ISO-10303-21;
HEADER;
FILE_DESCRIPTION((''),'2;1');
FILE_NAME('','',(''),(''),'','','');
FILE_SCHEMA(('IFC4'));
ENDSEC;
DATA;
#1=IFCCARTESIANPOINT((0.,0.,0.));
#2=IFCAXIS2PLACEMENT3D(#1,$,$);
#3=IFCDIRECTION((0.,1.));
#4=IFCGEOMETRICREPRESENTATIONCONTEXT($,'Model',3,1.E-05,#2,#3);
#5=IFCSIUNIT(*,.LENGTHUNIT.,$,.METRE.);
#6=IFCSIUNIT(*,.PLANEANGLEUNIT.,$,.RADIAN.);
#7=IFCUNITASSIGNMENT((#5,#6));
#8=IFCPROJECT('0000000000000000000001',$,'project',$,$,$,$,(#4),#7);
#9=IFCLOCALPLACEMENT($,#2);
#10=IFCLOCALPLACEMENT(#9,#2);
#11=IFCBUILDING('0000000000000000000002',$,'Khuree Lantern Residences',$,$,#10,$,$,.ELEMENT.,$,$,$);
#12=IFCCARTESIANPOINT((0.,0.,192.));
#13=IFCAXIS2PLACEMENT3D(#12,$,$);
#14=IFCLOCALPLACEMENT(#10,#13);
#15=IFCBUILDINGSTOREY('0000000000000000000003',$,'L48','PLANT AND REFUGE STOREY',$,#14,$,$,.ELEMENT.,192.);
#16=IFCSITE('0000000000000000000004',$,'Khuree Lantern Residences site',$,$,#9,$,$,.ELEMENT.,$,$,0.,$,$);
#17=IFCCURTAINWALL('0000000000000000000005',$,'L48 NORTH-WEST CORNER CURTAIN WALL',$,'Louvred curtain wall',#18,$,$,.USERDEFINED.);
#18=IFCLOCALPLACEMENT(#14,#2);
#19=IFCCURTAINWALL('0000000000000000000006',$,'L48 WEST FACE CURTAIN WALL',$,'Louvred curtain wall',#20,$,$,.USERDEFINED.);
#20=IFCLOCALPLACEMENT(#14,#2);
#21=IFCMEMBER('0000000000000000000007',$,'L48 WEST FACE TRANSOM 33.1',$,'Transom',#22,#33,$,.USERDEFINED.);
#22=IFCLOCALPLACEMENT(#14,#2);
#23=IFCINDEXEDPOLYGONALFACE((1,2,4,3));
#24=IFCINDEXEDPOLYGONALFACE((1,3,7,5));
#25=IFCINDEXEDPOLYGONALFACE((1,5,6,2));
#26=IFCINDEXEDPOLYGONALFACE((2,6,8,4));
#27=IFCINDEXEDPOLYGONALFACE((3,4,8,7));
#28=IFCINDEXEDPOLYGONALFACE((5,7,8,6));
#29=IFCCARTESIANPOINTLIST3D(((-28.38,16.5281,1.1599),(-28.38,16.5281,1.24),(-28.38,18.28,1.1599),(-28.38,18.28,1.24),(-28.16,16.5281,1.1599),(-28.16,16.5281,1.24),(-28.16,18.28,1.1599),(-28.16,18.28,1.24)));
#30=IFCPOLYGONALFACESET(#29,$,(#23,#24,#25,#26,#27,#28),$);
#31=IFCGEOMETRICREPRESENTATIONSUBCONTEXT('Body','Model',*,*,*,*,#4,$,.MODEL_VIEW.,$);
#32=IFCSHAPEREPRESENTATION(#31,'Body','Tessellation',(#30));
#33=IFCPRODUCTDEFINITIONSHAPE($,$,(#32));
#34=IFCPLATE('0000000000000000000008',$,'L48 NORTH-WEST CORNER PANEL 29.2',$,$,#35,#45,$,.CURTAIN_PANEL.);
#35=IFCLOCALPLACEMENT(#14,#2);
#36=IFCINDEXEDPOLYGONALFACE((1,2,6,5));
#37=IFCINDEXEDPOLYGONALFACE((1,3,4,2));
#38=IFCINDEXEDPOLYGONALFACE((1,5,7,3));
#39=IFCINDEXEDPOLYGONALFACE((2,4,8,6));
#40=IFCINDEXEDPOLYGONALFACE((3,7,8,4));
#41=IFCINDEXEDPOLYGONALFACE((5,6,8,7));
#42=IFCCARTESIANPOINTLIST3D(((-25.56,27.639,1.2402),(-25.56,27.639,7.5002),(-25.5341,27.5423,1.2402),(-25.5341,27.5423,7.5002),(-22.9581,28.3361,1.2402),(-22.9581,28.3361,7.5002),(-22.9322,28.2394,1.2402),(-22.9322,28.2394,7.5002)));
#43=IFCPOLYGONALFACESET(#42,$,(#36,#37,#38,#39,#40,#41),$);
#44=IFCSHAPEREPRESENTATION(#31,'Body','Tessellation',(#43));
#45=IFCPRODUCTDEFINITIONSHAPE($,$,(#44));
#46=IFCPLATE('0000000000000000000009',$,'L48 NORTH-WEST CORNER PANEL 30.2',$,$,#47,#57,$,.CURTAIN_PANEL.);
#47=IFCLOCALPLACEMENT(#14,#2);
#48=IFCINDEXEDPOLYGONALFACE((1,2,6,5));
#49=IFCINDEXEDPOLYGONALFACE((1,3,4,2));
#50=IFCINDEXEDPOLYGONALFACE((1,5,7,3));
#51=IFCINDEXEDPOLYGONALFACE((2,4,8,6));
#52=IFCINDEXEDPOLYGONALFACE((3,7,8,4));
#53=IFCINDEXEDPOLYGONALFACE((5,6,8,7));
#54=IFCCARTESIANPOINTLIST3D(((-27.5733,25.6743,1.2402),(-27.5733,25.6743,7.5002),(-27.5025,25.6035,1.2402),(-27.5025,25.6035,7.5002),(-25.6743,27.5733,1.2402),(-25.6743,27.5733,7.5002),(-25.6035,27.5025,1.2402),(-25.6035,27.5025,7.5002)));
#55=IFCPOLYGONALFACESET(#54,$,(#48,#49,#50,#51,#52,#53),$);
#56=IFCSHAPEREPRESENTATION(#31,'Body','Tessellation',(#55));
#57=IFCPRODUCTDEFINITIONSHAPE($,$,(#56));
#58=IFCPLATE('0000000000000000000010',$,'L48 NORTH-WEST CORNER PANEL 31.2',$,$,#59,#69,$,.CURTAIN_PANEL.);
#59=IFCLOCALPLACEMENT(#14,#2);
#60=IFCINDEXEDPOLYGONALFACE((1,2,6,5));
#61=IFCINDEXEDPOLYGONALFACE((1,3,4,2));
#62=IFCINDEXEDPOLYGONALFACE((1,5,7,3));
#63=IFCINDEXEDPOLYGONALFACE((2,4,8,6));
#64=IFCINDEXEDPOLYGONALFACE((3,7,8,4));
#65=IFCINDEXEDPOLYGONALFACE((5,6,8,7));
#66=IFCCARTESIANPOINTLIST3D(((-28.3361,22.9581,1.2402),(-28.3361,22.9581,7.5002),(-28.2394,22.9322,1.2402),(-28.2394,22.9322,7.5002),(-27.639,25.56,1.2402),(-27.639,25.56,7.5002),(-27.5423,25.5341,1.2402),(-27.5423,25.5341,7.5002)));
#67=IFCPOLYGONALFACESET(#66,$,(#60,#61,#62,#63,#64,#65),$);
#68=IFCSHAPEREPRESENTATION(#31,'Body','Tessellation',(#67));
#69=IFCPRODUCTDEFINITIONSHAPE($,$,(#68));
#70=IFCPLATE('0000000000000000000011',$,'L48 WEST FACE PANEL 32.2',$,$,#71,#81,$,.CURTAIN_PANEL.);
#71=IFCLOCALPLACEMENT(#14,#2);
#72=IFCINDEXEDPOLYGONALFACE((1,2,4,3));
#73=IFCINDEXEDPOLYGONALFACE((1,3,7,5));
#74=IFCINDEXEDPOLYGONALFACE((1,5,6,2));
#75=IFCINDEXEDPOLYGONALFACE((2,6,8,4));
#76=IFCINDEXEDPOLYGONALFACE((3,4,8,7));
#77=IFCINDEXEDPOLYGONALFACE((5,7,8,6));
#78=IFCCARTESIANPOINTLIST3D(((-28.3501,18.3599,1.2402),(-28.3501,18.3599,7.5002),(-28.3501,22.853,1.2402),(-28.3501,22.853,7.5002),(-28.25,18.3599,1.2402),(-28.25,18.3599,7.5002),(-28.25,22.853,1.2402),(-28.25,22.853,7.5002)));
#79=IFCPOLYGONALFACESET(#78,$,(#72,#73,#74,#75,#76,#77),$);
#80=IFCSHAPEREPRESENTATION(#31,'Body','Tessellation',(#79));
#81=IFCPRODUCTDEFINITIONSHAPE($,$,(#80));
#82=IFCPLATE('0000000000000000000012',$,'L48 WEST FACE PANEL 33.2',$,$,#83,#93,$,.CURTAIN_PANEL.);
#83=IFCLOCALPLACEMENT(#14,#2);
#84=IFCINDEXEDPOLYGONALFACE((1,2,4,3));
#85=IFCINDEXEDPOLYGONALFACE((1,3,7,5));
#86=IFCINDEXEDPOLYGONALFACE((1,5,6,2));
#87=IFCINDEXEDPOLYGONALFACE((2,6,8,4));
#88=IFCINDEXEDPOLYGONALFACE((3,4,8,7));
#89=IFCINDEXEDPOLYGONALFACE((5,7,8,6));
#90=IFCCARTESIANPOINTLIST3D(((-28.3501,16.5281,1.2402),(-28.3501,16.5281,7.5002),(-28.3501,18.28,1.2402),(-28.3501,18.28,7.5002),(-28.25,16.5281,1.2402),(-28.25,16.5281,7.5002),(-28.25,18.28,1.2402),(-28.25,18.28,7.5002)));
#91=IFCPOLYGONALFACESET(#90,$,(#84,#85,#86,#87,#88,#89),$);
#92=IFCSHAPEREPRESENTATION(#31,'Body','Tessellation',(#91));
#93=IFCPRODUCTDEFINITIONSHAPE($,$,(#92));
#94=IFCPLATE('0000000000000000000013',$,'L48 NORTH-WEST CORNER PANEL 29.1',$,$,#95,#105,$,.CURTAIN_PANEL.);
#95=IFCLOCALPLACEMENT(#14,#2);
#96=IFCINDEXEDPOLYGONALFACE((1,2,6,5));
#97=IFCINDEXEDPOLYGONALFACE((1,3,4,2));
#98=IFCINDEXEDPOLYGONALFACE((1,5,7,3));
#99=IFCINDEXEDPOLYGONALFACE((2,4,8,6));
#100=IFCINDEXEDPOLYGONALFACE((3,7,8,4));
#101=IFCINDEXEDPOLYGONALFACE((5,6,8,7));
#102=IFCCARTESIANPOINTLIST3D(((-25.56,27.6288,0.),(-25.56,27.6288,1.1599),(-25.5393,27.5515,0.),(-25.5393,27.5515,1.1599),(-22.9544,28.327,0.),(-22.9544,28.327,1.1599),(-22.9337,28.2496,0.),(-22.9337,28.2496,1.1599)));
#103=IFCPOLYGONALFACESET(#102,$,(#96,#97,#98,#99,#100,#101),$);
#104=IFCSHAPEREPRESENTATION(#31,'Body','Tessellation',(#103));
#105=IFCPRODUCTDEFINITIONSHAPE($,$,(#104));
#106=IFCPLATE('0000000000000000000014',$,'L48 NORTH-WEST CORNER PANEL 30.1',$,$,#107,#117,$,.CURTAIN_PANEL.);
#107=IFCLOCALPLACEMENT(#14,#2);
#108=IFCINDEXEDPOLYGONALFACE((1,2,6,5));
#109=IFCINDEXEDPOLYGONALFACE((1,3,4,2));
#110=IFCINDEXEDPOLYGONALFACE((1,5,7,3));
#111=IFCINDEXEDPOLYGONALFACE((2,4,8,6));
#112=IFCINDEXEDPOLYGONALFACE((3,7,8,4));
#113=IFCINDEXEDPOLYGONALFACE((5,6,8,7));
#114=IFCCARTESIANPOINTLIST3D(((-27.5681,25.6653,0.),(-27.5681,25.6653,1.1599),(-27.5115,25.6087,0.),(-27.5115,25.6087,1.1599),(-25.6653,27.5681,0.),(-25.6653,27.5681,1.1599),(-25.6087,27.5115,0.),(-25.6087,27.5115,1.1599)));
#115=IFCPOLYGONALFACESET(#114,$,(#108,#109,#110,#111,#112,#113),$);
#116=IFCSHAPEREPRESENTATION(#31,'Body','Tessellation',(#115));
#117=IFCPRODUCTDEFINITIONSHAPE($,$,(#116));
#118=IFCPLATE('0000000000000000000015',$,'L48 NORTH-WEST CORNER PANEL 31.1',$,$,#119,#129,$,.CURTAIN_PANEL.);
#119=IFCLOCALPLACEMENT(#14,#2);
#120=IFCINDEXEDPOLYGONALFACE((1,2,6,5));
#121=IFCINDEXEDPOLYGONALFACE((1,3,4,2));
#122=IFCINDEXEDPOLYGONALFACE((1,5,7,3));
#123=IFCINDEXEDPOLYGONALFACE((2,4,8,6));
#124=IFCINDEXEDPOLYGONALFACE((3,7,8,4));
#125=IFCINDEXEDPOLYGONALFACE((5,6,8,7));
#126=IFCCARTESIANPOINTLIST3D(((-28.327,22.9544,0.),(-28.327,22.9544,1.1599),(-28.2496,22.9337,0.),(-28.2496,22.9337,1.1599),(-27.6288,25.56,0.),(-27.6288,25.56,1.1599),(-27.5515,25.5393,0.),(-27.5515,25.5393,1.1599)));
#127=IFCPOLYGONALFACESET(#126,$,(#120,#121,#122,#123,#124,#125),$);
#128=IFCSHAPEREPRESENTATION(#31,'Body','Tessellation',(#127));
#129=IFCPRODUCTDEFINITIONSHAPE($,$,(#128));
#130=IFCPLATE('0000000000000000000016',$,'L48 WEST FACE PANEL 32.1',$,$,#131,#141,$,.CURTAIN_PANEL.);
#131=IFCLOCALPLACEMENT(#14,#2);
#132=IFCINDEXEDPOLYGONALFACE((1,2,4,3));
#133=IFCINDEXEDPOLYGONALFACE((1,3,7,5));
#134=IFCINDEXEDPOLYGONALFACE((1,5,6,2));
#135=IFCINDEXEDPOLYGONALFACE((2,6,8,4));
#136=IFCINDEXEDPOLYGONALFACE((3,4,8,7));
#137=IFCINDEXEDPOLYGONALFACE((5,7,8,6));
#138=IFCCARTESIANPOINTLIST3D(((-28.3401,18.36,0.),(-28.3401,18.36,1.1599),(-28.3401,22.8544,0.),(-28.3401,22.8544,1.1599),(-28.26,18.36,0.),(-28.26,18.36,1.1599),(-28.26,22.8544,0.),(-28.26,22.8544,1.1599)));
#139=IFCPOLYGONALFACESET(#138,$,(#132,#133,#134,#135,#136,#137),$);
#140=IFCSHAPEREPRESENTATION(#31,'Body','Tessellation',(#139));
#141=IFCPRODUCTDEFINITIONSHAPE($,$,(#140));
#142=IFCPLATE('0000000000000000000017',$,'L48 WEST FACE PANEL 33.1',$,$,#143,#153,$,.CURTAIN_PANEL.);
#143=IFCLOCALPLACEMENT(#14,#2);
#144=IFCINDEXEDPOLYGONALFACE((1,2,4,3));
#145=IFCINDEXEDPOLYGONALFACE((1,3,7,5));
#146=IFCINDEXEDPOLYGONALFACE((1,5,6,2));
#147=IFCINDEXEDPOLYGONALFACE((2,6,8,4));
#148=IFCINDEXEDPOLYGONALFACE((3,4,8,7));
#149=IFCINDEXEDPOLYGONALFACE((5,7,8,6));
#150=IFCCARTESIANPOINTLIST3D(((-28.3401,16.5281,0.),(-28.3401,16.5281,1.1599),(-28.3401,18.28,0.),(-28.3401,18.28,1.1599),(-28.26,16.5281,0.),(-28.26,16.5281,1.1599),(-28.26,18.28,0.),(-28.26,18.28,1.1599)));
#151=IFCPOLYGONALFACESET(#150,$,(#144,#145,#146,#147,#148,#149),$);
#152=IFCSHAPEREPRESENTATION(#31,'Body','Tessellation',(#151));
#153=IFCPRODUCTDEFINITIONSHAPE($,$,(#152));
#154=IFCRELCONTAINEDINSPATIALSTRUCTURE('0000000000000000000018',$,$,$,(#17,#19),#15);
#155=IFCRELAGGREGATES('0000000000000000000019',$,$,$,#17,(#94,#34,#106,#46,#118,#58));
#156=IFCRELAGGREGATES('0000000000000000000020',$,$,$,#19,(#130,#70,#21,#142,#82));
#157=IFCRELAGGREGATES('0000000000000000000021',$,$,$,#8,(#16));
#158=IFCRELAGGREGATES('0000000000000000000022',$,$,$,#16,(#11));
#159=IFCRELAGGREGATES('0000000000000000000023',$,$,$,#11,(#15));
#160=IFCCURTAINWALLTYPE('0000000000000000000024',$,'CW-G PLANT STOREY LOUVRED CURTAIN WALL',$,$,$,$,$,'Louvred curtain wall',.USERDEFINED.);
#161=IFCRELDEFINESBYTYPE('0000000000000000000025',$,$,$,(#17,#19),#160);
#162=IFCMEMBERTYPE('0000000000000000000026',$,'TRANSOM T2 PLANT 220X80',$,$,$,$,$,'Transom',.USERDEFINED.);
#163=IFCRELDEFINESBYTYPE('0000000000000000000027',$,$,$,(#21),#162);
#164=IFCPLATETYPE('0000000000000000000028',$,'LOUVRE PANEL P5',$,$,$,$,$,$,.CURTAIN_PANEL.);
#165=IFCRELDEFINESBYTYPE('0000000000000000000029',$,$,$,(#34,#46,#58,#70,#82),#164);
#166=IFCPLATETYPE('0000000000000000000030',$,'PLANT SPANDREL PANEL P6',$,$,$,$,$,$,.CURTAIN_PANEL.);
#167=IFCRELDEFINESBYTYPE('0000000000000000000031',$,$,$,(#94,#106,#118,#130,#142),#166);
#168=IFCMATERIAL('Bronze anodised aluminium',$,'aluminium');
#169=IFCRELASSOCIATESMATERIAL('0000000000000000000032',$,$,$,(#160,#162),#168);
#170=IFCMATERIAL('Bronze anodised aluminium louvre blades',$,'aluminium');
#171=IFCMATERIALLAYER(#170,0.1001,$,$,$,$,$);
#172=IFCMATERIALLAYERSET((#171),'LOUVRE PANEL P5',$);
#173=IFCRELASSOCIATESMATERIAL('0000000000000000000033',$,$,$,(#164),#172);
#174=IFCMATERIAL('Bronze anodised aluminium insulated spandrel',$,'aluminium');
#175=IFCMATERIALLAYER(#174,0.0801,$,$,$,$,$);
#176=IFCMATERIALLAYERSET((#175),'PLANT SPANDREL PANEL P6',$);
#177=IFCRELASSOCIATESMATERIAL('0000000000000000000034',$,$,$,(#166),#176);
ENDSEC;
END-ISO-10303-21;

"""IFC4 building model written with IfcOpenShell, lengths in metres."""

from ifc_helpers import new_model, si_unit, direction, frame, origin, origin_2d, place, context, subcontext, project, spatial, rectangle, extrude, material, layer, layer_set, material_profile, profile_set, type_object, element, aggregate, save


model = new_model("IFC4")

# Units and contexts
model_context = context("Model", 3, precision=1e-05, world=origin(), true_north=direction((0.0, 1.0)))
body_context = subcontext(model_context, "Body", "Model", "MODEL_VIEW")
ifc_project = project(units=[si_unit("LENGTHUNIT", "METRE"), si_unit("PLANEANGLEUNIT", "RADIAN")], contexts=[model_context])

# Site, building, storey
site_placement = place(None, origin())
site = spatial("IfcSite", under=ifc_project, at=site_placement, Name="Khuree Lantern Residences site", CompositionType="ELEMENT", RefElevation=0.0)
building_placement = place(site_placement, origin())
building = spatial("IfcBuilding", under=site, at=building_placement, Name="Khuree Lantern Residences", CompositionType="ELEMENT")
storey_placement = place(building_placement, frame((0.0, 0.0, 192.0)))
storey = spatial("IfcBuildingStorey", under=building, at=storey_placement, Name="L48", Description="PLANT AND REFUGE STOREY", CompositionType="ELEMENT", Elevation=192.0)

# Curtain walls
ifc_material_1 = material(Name="Bronze anodised aluminium", Category="aluminium")
curtain_wall_type = type_object("IfcCurtainWallType", Name="CW-G PLANT STOREY LOUVRED CURTAIN WALL", ElementType="Louvred curtain wall", PredefinedType="USERDEFINED", material=ifc_material_1)
curtain_wall_1_placement = place(storey_placement, origin())
curtain_wall_1 = element("IfcCurtainWall", 1, at=curtain_wall_1_placement, inside=storey, type_object=curtain_wall_type, Name="L48 NORTH-WEST CORNER CURTAIN WALL", ObjectType="Louvred curtain wall", PredefinedType="USERDEFINED")
curtain_wall_2_placement = place(storey_placement, origin())
curtain_wall_2 = element("IfcCurtainWall", 2, at=curtain_wall_2_placement, inside=storey, type_object=curtain_wall_type, Name="L48 WEST FACE CURTAIN WALL", ObjectType="Louvred curtain wall", PredefinedType="USERDEFINED")

# Member
ifc_material_profile_1 = material_profile(ifc_material_1, rectangle(XDim=0.22, YDim=0.0801, at=origin_2d()), Name="T2 220X80")
ifc_profile_set_1 = profile_set([ifc_material_profile_1], Name="Bronze anodised aluminium")
member_type_1 = type_object("IfcMemberType", Name="TRANSOM T2 PLANT 220X80", ElementType="Transom", PredefinedType="USERDEFINED", material=ifc_profile_set_1)
member_1_placement = place(storey_placement, frame((-28.27, 18.28, 1.2), z_axis=(0.0, -1.0, 0.0), x_axis=(1.0, 0.0, 0.0)))
member_1 = element("IfcMember", 3, at=member_1_placement, type_object=member_type_1, Name="L48 WEST FACE TRANSOM 33.1", ObjectType="Transom", PredefinedType="USERDEFINED", context=body_context, shape_type="SweptSolid", body=[
    extrude(rectangle(XDim=0.22, YDim=0.0801, at=origin_2d()), origin(), (0.0, 0.0, 1.0), 1.752),
])

# Plates
ifc_material_2 = material(Name="Bronze anodised aluminium louvre blades", Category="aluminium")
ifc_layer_1 = layer(ifc_material_2, 0.1001)
ifc_layer_set_1 = layer_set([ifc_layer_1], Name="LOUVRE PANEL P5")
plate_type_1 = type_object("IfcPlateType", Name="LOUVRE PANEL P5", PredefinedType="CURTAIN_PANEL", material=ifc_layer_set_1)
plate_1_placement = place(storey_placement, frame((-24.2461, 27.9392, 1.2402), z_axis=(0.0, 0.0, 1.0), x_axis=(-0.965926, -0.258819, 0.0)))
plate_1 = element("IfcPlate", 4, at=plate_1_placement, type_object=plate_type_1, Name="L48 NORTH-WEST CORNER PANEL 29.2", PredefinedType="CURTAIN_PANEL", context=body_context, shape_type="SweptSolid", body=[
    extrude(rectangle(XDim=2.6936, YDim=0.1001, at=origin_2d()), origin(), (0.0, 0.0, 1.0), 6.26),
])
plate_2_placement = place(storey_placement, frame((-26.5884, 26.5884, 1.2402), z_axis=(0.0, 0.0, 1.0), x_axis=(-0.707107, -0.707107, 0.0)))
plate_2 = element("IfcPlate", 5, at=plate_2_placement, type_object=plate_type_1, Name="L48 NORTH-WEST CORNER PANEL 30.2", PredefinedType="CURTAIN_PANEL", context=body_context, shape_type="SweptSolid", body=[
    extrude(rectangle(XDim=2.6855, YDim=0.1001, at=origin_2d()), origin(), (0.0, 0.0, 1.0), 6.26),
])
plate_3_placement = place(storey_placement, frame((-27.9392, 24.2461, 1.2402), z_axis=(0.0, 0.0, 1.0), x_axis=(-0.258819, -0.965926, 0.0)))
plate_3 = element("IfcPlate", 6, at=plate_3_placement, type_object=plate_type_1, Name="L48 NORTH-WEST CORNER PANEL 31.2", PredefinedType="CURTAIN_PANEL", context=body_context, shape_type="SweptSolid", body=[
    extrude(rectangle(XDim=2.6936, YDim=0.1001, at=origin_2d()), origin(), (0.0, 0.0, 1.0), 6.26),
])
plate_4_placement = place(storey_placement, frame((-28.3, 20.6064, 1.2402), z_axis=(0.0, 0.0, 1.0), x_axis=(0.0, -1.0, 0.0)))
plate_4 = element("IfcPlate", 7, at=plate_4_placement, type_object=plate_type_1, Name="L48 WEST FACE PANEL 32.2", PredefinedType="CURTAIN_PANEL", context=body_context, shape_type="SweptSolid", body=[
    extrude(rectangle(XDim=4.4932, YDim=0.1001, at=origin_2d()), origin(), (0.0, 0.0, 1.0), 6.26),
])
plate_5_placement = place(storey_placement, frame((-28.3, 17.4041, 1.2402), z_axis=(0.0, 0.0, 1.0), x_axis=(0.0, -1.0, 0.0)))
plate_5 = element("IfcPlate", 8, at=plate_5_placement, type_object=plate_type_1, Name="L48 WEST FACE PANEL 33.2", PredefinedType="CURTAIN_PANEL", context=body_context, shape_type="SweptSolid", body=[
    extrude(rectangle(XDim=1.752, YDim=0.1001, at=origin_2d()), origin(), (0.0, 0.0, 1.0), 6.26),
])
ifc_material_3 = material(Name="Bronze anodised aluminium insulated spandrel", Category="aluminium")
ifc_layer_2 = layer(ifc_material_3, 0.0801)
ifc_layer_set_2 = layer_set([ifc_layer_2], Name="PLANT SPANDREL PANEL P6")
plate_type_2 = type_object("IfcPlateType", Name="PLANT SPANDREL PANEL P6", PredefinedType="CURTAIN_PANEL", material=ifc_layer_set_2)
plate_6_placement = place(storey_placement, frame((-24.2468, 27.9392, 0.0), z_axis=(0.0, 0.0, 1.0), x_axis=(-0.965926, -0.258819, 0.0)))
plate_6 = element("IfcPlate", 9, at=plate_6_placement, type_object=plate_type_2, Name="L48 NORTH-WEST CORNER PANEL 29.1", PredefinedType="CURTAIN_PANEL", context=body_context, shape_type="SweptSolid", body=[
    extrude(rectangle(XDim=2.6975, YDim=0.0801, at=origin_2d()), origin(), (0.0, 0.0, 1.0), 1.1599),
])
plate_7_placement = place(storey_placement, frame((-26.5884, 26.5884, 0.0), z_axis=(0.0, 0.0, 1.0), x_axis=(-0.707107, -0.707107, 0.0)))
plate_7 = element("IfcPlate", 10, at=plate_7_placement, type_object=plate_type_2, Name="L48 NORTH-WEST CORNER PANEL 30.1", PredefinedType="CURTAIN_PANEL", context=body_context, shape_type="SweptSolid", body=[
    extrude(rectangle(XDim=2.6909, YDim=0.0801, at=origin_2d()), origin(), (0.0, 0.0, 1.0), 1.1599),
])
plate_8_placement = place(storey_placement, frame((-27.9392, 24.2468, 0.0), z_axis=(0.0, 0.0, 1.0), x_axis=(-0.258819, -0.965926, 0.0)))
plate_8 = element("IfcPlate", 11, at=plate_8_placement, type_object=plate_type_2, Name="L48 NORTH-WEST CORNER PANEL 31.1", PredefinedType="CURTAIN_PANEL", context=body_context, shape_type="SweptSolid", body=[
    extrude(rectangle(XDim=2.6975, YDim=0.0801, at=origin_2d()), origin(), (0.0, 0.0, 1.0), 1.1599),
])
aggregate(curtain_wall_1, [plate_6, plate_1, plate_7, plate_2, plate_8, plate_3])
plate_9_placement = place(storey_placement, frame((-28.3, 20.6072, 0.0), z_axis=(0.0, 0.0, 1.0), x_axis=(0.0, -1.0, 0.0)))
plate_9 = element("IfcPlate", 12, at=plate_9_placement, type_object=plate_type_2, Name="L48 WEST FACE PANEL 32.1", PredefinedType="CURTAIN_PANEL", context=body_context, shape_type="SweptSolid", body=[
    extrude(rectangle(XDim=4.4944, YDim=0.0801, at=origin_2d()), origin(), (0.0, 0.0, 1.0), 1.1599),
])
plate_10_placement = place(storey_placement, frame((-28.3, 17.4041, 0.0), z_axis=(0.0, 0.0, 1.0), x_axis=(0.0, -1.0, 0.0)))
plate_10 = element("IfcPlate", 13, at=plate_10_placement, type_object=plate_type_2, Name="L48 WEST FACE PANEL 33.1", PredefinedType="CURTAIN_PANEL", context=body_context, shape_type="SweptSolid", body=[
    extrude(rectangle(XDim=1.752, YDim=0.0801, at=origin_2d()), origin(), (0.0, 0.0, 1.0), 1.1599),
])
aggregate(curtain_wall_2, [plate_9, plate_4, member_1, plate_10, plate_5])

save(model, "model.ifc")
